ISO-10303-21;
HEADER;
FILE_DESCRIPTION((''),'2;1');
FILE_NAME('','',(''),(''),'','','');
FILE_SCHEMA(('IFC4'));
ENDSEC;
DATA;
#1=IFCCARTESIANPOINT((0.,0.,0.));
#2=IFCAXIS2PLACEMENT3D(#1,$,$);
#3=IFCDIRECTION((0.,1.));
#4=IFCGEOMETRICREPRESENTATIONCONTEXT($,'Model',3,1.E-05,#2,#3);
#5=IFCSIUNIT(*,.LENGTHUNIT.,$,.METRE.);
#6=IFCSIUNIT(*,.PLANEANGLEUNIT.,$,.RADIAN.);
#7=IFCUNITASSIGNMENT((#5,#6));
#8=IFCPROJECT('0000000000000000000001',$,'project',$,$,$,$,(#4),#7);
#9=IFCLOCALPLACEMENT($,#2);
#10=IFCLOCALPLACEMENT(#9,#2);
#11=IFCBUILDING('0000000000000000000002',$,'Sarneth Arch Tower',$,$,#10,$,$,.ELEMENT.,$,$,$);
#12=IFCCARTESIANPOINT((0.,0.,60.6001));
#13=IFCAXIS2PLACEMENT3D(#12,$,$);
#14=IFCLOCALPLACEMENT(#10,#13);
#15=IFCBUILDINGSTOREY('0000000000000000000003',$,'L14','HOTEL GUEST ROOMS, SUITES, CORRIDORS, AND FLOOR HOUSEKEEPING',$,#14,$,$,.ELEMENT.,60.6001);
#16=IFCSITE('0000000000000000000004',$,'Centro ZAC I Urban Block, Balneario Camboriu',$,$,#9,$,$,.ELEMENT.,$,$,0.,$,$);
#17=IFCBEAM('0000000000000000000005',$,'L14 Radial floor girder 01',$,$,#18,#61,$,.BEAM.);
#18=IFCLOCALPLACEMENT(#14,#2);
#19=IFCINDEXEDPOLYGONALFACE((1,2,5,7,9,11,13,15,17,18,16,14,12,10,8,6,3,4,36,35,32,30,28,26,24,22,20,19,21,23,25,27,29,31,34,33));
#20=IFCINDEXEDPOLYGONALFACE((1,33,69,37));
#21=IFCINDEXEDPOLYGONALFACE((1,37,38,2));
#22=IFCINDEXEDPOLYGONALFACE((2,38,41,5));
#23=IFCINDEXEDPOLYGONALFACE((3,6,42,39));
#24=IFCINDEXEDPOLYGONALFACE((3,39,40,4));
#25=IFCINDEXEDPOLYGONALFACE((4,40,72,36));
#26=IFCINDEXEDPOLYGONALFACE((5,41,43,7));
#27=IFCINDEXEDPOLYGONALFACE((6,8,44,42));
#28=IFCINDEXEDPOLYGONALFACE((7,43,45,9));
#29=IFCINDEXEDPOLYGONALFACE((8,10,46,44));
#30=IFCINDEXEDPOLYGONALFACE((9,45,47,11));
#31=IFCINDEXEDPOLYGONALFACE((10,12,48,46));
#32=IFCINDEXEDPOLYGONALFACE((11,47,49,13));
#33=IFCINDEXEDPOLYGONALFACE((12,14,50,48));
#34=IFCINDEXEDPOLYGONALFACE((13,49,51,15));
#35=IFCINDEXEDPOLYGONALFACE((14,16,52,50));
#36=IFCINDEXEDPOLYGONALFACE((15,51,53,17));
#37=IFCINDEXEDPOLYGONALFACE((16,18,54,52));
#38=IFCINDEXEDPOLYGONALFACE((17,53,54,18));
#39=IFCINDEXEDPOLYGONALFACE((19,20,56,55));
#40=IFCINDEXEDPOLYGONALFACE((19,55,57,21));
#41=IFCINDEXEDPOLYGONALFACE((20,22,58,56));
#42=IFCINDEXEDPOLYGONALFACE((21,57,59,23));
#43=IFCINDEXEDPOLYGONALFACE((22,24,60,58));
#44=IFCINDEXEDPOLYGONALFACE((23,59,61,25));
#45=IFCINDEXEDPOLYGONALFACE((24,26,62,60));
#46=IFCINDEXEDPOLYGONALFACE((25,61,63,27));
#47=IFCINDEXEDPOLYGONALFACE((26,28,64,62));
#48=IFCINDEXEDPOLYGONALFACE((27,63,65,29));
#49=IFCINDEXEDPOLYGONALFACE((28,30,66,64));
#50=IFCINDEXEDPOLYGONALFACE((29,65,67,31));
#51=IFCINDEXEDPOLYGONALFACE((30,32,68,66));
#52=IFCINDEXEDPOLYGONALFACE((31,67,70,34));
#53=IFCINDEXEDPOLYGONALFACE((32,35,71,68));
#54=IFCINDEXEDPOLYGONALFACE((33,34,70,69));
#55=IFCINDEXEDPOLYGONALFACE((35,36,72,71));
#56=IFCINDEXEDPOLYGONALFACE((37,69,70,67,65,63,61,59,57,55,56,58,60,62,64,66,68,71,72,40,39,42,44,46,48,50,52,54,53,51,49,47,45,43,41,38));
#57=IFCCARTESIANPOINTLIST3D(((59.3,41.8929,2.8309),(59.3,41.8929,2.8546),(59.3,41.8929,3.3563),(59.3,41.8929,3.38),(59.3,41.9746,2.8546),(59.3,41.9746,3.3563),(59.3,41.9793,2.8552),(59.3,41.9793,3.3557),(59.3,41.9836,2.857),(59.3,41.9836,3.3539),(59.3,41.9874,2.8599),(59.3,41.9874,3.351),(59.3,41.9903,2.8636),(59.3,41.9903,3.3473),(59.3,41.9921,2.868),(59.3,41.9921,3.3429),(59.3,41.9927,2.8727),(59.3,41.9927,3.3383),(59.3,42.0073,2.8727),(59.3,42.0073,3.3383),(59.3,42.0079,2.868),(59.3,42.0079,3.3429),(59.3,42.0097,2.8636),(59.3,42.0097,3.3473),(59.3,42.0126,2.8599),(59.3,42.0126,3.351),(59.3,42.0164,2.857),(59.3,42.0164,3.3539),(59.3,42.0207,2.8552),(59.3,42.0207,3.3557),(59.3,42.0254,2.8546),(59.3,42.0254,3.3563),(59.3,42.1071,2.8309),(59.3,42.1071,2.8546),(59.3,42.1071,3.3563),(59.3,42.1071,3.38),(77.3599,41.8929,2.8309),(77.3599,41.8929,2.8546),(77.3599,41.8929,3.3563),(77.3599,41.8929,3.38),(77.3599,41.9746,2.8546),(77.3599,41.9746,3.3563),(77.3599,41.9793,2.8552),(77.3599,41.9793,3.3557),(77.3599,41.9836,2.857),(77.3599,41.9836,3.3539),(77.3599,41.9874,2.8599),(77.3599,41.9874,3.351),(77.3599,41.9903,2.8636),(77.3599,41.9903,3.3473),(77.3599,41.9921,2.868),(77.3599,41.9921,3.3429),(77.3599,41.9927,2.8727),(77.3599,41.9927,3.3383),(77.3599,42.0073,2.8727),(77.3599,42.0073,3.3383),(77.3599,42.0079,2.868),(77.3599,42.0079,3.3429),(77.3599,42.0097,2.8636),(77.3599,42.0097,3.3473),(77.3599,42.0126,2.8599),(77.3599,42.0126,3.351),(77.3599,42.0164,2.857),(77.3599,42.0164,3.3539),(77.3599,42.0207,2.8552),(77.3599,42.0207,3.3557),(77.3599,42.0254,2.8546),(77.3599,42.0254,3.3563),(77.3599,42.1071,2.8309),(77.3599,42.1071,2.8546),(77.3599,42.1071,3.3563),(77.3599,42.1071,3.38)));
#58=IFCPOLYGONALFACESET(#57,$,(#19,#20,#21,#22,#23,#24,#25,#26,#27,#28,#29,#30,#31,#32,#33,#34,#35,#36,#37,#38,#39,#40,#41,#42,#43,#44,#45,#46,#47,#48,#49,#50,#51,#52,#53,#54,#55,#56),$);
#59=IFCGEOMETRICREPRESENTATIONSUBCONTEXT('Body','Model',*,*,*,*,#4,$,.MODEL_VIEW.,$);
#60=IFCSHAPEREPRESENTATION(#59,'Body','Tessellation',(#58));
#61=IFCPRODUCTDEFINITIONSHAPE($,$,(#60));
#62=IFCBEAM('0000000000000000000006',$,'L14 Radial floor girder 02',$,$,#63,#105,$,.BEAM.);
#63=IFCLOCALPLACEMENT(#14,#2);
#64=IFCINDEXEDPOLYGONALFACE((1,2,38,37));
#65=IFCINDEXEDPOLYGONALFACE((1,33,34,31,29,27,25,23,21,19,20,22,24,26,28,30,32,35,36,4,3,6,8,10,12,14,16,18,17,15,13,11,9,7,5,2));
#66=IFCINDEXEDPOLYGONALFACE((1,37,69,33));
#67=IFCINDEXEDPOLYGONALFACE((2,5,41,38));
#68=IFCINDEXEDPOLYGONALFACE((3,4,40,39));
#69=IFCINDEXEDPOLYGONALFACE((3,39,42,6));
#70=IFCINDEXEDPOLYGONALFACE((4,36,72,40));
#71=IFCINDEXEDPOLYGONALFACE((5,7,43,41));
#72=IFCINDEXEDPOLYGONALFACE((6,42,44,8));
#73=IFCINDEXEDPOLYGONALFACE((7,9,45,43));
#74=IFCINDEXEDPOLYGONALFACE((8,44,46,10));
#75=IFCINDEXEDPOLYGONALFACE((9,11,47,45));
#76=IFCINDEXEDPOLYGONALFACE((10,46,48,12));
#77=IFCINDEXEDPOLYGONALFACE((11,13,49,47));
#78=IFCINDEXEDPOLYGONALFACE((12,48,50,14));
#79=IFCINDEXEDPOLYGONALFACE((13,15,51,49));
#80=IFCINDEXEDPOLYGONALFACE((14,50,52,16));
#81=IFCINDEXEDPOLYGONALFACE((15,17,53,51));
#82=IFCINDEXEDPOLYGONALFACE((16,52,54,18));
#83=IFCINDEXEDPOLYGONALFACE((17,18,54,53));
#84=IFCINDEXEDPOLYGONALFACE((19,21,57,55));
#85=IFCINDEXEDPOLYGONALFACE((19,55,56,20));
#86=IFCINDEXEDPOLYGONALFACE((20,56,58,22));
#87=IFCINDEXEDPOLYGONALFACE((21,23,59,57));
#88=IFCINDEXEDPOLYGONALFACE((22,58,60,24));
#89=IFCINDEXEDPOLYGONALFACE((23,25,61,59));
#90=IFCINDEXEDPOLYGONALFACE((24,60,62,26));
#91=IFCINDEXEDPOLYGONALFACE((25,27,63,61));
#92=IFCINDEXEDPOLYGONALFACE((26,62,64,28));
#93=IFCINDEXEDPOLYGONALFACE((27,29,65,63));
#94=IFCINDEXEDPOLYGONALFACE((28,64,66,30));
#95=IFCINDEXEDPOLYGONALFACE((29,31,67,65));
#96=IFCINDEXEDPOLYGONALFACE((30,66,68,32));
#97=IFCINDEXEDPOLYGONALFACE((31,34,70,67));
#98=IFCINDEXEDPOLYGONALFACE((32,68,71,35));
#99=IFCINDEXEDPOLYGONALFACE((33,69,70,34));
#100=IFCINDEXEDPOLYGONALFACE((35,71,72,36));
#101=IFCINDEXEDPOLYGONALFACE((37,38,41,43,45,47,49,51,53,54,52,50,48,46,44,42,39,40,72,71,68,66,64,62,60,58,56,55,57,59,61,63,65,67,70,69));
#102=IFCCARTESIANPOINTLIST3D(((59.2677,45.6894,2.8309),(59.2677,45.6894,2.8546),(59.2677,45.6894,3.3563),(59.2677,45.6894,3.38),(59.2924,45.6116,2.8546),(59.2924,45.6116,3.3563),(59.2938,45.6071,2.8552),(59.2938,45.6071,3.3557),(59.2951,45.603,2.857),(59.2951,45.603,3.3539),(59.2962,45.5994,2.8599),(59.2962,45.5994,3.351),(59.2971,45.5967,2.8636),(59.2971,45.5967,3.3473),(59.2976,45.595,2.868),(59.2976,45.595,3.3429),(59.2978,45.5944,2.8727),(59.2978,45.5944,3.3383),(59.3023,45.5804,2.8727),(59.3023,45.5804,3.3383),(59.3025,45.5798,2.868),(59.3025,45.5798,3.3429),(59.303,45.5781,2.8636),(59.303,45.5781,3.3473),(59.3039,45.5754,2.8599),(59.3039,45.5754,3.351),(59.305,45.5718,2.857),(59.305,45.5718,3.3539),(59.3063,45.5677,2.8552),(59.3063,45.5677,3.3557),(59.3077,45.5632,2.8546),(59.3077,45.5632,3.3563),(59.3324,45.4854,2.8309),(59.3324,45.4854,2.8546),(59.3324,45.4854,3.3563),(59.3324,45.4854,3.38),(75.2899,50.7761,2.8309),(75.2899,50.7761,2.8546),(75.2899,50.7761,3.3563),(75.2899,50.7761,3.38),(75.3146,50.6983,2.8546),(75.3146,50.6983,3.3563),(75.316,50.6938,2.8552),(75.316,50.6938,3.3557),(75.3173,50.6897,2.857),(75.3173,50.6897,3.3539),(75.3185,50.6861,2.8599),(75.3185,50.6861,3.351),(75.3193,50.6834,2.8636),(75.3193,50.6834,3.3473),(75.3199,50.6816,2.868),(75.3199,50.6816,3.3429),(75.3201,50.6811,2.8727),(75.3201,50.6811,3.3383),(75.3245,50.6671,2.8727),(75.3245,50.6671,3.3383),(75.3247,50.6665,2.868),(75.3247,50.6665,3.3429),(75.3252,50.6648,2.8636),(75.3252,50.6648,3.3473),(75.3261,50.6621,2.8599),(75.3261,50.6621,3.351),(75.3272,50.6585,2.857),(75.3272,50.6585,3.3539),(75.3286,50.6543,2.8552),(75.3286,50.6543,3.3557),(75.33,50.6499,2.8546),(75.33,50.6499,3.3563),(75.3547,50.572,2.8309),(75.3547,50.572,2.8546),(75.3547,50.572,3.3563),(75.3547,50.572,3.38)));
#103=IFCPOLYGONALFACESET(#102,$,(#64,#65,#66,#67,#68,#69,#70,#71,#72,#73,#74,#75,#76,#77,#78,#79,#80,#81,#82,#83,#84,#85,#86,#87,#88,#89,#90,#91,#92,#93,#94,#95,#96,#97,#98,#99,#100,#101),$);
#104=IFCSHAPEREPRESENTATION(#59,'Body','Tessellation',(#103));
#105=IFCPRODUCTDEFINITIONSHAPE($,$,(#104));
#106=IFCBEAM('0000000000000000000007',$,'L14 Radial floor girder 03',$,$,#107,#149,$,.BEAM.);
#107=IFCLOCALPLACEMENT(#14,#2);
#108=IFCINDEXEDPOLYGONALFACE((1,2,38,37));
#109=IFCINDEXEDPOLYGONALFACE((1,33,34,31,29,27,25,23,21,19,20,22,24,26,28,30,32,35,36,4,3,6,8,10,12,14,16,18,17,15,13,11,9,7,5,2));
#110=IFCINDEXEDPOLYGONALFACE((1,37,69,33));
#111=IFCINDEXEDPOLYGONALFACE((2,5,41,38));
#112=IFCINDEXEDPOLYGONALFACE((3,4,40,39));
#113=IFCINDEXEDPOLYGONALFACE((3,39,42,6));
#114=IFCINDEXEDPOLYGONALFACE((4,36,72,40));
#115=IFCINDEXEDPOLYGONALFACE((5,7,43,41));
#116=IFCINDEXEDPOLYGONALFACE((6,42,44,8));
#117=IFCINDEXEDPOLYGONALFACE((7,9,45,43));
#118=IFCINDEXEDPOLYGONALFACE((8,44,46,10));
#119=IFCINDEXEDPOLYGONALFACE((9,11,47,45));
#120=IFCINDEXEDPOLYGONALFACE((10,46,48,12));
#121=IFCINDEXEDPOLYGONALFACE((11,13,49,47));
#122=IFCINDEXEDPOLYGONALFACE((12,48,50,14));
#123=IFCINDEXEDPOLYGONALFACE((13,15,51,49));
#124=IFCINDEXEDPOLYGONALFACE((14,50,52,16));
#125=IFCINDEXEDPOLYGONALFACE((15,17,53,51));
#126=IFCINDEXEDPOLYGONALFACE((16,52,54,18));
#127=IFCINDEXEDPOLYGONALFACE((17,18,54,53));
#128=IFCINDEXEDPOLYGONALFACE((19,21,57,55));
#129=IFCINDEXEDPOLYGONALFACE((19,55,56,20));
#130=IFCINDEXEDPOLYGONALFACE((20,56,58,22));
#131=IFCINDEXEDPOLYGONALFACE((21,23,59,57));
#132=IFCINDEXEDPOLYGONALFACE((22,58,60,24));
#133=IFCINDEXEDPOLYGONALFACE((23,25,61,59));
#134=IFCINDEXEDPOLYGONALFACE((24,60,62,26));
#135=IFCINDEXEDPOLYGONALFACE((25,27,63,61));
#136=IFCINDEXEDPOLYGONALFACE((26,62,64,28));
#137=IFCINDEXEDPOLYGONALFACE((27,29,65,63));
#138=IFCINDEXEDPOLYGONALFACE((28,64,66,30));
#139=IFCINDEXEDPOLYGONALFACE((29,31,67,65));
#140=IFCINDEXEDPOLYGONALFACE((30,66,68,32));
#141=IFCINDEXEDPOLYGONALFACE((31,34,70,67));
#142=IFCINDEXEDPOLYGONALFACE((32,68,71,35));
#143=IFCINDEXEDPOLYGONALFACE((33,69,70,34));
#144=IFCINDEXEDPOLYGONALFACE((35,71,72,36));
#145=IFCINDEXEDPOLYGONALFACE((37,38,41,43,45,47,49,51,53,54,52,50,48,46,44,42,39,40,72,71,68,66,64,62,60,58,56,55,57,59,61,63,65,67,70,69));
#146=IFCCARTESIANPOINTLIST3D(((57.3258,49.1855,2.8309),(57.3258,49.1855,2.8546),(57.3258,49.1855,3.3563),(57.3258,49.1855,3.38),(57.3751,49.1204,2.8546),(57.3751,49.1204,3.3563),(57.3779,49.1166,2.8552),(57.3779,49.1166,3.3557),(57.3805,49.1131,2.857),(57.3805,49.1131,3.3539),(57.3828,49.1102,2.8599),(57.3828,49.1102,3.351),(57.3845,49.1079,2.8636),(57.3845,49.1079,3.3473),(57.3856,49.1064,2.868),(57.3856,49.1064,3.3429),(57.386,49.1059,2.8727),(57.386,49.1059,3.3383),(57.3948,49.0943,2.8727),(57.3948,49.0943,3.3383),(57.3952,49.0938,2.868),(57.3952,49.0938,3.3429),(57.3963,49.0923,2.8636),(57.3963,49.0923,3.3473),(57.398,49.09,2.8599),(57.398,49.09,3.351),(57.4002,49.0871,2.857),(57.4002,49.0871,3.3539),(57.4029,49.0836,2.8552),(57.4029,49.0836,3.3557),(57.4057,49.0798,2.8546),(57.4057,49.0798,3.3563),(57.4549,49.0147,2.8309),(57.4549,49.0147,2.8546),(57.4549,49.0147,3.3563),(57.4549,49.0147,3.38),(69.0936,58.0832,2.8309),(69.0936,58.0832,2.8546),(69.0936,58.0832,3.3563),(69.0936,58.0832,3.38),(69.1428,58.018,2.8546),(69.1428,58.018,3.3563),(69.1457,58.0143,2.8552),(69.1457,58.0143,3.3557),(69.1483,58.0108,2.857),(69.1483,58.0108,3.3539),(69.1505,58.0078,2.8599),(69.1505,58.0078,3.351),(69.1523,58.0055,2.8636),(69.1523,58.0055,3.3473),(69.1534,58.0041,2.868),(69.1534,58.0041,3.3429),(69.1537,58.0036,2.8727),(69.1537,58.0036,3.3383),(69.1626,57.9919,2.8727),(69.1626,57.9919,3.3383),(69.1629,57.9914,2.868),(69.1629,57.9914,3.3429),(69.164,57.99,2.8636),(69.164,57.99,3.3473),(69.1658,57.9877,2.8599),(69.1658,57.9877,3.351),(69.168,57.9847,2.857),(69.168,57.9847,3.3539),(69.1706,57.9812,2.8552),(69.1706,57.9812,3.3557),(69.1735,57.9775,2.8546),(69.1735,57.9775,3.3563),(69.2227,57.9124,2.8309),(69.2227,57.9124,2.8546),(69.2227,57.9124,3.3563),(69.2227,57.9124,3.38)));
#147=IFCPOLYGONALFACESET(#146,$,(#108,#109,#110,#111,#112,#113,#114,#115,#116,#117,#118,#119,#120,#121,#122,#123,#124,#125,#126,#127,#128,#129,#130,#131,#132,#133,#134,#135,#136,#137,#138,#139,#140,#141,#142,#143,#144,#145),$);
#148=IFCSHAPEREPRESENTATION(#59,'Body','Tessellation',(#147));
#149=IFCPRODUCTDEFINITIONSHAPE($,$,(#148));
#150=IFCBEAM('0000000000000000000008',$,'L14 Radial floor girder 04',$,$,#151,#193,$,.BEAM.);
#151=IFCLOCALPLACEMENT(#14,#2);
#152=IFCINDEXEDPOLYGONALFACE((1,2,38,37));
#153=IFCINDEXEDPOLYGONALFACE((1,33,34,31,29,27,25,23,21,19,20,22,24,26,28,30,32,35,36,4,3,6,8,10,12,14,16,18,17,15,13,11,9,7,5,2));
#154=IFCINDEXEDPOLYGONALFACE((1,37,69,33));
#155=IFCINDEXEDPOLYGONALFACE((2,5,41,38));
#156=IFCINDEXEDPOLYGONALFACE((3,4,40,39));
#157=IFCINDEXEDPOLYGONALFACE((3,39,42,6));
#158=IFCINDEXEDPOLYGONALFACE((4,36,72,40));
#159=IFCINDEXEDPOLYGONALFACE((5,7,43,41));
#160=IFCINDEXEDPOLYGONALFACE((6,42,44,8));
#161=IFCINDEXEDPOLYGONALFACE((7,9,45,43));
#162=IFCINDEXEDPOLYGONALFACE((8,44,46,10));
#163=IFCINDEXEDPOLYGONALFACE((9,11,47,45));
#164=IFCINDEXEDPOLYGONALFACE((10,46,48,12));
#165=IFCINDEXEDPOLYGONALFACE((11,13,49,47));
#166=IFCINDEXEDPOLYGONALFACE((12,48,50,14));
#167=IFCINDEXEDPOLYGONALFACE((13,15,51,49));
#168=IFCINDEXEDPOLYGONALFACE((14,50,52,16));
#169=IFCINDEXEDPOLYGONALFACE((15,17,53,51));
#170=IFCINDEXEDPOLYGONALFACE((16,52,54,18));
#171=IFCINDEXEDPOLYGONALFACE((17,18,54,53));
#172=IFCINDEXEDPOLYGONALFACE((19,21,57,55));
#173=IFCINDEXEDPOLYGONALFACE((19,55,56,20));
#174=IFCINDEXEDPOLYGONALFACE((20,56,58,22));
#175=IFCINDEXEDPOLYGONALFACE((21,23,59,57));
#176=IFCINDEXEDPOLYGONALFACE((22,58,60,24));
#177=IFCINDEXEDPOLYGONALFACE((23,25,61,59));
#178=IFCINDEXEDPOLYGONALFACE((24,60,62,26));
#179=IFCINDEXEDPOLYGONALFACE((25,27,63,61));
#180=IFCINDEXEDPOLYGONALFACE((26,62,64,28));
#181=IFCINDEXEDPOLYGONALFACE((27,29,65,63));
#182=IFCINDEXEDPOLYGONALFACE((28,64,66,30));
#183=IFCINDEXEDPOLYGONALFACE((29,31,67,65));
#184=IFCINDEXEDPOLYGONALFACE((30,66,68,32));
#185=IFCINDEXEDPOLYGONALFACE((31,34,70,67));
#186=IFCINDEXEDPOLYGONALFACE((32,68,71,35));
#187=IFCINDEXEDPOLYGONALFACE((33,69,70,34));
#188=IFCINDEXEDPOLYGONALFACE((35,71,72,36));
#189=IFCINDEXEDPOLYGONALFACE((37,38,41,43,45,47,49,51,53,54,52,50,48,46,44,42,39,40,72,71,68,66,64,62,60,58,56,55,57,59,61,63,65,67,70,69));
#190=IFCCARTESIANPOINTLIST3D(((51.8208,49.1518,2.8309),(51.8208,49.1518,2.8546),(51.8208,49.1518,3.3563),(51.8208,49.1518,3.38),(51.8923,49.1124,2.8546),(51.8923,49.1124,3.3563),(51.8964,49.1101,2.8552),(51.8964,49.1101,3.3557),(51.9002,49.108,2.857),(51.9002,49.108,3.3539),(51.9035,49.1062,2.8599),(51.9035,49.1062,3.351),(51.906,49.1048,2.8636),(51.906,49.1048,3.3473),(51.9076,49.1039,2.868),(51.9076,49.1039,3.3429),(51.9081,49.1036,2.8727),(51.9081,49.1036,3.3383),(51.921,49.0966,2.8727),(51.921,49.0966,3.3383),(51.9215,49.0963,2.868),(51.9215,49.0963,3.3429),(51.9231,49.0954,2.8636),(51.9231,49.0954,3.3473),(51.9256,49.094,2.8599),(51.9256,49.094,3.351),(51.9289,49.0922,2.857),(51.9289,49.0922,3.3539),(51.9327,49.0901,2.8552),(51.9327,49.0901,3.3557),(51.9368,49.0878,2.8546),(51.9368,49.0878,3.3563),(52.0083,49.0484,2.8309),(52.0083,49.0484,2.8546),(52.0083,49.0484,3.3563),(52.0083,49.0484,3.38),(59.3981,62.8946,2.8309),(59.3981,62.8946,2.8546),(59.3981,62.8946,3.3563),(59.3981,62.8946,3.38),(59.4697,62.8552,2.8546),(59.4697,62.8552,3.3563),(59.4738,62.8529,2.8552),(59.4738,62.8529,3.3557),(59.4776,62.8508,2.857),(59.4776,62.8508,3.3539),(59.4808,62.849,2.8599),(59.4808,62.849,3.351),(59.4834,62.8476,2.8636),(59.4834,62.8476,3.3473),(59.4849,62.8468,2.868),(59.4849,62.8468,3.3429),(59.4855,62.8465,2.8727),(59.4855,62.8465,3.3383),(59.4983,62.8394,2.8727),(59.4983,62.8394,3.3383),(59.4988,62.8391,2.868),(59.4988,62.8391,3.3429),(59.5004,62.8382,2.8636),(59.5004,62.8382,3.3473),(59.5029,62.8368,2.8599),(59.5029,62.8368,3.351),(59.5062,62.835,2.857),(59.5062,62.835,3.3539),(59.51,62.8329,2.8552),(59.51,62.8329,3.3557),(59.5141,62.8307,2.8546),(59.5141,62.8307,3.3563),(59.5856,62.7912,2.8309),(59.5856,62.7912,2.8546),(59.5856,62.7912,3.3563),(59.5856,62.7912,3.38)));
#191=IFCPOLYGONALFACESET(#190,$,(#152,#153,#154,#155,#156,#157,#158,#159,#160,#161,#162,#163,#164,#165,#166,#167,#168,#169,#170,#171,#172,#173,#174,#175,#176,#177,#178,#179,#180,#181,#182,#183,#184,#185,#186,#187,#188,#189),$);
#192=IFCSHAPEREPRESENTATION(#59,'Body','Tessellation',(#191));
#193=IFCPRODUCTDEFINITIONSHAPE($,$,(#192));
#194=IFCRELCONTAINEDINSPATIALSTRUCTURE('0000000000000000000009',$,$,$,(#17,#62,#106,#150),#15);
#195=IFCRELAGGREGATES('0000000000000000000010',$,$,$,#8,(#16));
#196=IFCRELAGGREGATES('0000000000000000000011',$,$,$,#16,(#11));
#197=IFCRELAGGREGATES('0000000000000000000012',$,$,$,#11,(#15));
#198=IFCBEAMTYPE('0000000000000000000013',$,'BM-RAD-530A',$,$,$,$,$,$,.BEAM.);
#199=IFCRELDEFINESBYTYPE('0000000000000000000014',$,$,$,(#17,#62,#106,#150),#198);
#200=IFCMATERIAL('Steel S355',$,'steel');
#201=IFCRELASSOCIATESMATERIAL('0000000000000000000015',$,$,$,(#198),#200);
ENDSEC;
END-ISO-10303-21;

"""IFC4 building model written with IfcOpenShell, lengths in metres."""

from ifc_helpers import new_model, si_unit, direction, frame, origin, origin_2d, place, context, subcontext, project, spatial, i_section, extrude, material, material_profile, profile_set, type_object, element, save


model = new_model("IFC4")

# Units and contexts
model_context = context("Model", 3, precision=1e-05, world=origin(), true_north=direction((0.0, 1.0)))
body_context = subcontext(model_context, "Body", "Model", "MODEL_VIEW")
ifc_project = project(units=[si_unit("LENGTHUNIT", "METRE"), si_unit("PLANEANGLEUNIT", "RADIAN")], contexts=[model_context])

# Site, building, storey
site_placement = place(None, origin())
site = spatial("IfcSite", under=ifc_project, at=site_placement, Name="Centro ZAC I Urban Block, Balneario Camboriu", CompositionType="ELEMENT", RefElevation=0.0)
building_placement = place(site_placement, origin())
building = spatial("IfcBuilding", under=site, at=building_placement, Name="Sarneth Arch Tower", CompositionType="ELEMENT")
storey_placement = place(building_placement, frame((0.0, 0.0, 60.6001)))
storey = spatial("IfcBuildingStorey", under=building, at=storey_placement, Name="L14", Description="HOTEL GUEST ROOMS, SUITES, CORRIDORS, AND FLOOR HOUSEKEEPING", CompositionType="ELEMENT", Elevation=60.6001)

# Beams
ifc_material_1 = material(Name="Steel S355", Category="steel")
ifc_material_profile = material_profile(ifc_material_1, i_section(OverallWidth=0.2141, OverallDepth=0.5491, WebThickness=0.0146, FlangeThickness=0.0237, FilletRadius=0.0181, at=origin_2d()), Name="W530x138")
ifc_profile_set = profile_set([ifc_material_profile], Name="Steel S355")
beam_type = type_object("IfcBeamType", Name="BM-RAD-530A", PredefinedType="BEAM", material=ifc_profile_set)
beam_1_placement = place(storey_placement, frame((59.3, 42.0, 3.1055), z_axis=(1.0, 0.0, 0.0), x_axis=(0.0, 1.0, 0.0)))
element("IfcBeam", 1, at=beam_1_placement, inside=storey, type_object=beam_type, Name="L14 Radial floor girder 01", PredefinedType="BEAM", context=body_context, shape_type="SweptSolid", body=[
    extrude(i_section(OverallWidth=0.2141, OverallDepth=0.5491, WebThickness=0.0146, FlangeThickness=0.0237, FilletRadius=0.0181, at=origin_2d()), origin(), (0.0, 0.0, 1.0), 18.0598),
])
beam_2_placement = place(storey_placement, frame((59.3, 45.5874, 3.1055), z_axis=(0.95312, 0.302593, 0.0), x_axis=(-0.302593, 0.95312, 0.0)))
element("IfcBeam", 2, at=beam_2_placement, inside=storey, type_object=beam_type, Name="L14 Radial floor girder 02", PredefinedType="BEAM", context=body_context, shape_type="SweptSolid", body=[
    extrude(i_section(OverallWidth=0.2141, OverallDepth=0.5491, WebThickness=0.0146, FlangeThickness=0.0237, FilletRadius=0.0181, at=origin_2d()), origin(), (0.0, 0.0, 1.0), 16.8103),
])
beam_3_placement = place(storey_placement, frame((57.3904, 49.1001, 3.1055), z_axis=(0.797657, 0.603112, 0.0), x_axis=(-0.603112, 0.797657, 0.0)))
element("IfcBeam", 3, at=beam_3_placement, inside=storey, type_object=beam_type, Name="L14 Radial floor girder 03", PredefinedType="BEAM", context=body_context, shape_type="SweptSolid", body=[
    extrude(i_section(OverallWidth=0.2141, OverallDepth=0.5491, WebThickness=0.0146, FlangeThickness=0.0237, FilletRadius=0.0181, at=origin_2d()), origin(), (0.0, 0.0, 1.0), 14.7529),
])
beam_4_placement = place(storey_placement, frame((51.9146, 49.1001, 3.1055), z_axis=(0.482838, 0.87571, 0.0), x_axis=(-0.87571, 0.482838, 0.0)))
element("IfcBeam", 4, at=beam_4_placement, inside=storey, type_object=beam_type, Name="L14 Radial floor girder 04", PredefinedType="BEAM", context=body_context, shape_type="SweptSolid", body=[
    extrude(i_section(OverallWidth=0.2141, OverallDepth=0.5491, WebThickness=0.0146, FlangeThickness=0.0237, FilletRadius=0.0181, at=origin_2d()), origin(), (0.0, 0.0, 1.0), 15.6934),
])

save(model, "model.ifc")
